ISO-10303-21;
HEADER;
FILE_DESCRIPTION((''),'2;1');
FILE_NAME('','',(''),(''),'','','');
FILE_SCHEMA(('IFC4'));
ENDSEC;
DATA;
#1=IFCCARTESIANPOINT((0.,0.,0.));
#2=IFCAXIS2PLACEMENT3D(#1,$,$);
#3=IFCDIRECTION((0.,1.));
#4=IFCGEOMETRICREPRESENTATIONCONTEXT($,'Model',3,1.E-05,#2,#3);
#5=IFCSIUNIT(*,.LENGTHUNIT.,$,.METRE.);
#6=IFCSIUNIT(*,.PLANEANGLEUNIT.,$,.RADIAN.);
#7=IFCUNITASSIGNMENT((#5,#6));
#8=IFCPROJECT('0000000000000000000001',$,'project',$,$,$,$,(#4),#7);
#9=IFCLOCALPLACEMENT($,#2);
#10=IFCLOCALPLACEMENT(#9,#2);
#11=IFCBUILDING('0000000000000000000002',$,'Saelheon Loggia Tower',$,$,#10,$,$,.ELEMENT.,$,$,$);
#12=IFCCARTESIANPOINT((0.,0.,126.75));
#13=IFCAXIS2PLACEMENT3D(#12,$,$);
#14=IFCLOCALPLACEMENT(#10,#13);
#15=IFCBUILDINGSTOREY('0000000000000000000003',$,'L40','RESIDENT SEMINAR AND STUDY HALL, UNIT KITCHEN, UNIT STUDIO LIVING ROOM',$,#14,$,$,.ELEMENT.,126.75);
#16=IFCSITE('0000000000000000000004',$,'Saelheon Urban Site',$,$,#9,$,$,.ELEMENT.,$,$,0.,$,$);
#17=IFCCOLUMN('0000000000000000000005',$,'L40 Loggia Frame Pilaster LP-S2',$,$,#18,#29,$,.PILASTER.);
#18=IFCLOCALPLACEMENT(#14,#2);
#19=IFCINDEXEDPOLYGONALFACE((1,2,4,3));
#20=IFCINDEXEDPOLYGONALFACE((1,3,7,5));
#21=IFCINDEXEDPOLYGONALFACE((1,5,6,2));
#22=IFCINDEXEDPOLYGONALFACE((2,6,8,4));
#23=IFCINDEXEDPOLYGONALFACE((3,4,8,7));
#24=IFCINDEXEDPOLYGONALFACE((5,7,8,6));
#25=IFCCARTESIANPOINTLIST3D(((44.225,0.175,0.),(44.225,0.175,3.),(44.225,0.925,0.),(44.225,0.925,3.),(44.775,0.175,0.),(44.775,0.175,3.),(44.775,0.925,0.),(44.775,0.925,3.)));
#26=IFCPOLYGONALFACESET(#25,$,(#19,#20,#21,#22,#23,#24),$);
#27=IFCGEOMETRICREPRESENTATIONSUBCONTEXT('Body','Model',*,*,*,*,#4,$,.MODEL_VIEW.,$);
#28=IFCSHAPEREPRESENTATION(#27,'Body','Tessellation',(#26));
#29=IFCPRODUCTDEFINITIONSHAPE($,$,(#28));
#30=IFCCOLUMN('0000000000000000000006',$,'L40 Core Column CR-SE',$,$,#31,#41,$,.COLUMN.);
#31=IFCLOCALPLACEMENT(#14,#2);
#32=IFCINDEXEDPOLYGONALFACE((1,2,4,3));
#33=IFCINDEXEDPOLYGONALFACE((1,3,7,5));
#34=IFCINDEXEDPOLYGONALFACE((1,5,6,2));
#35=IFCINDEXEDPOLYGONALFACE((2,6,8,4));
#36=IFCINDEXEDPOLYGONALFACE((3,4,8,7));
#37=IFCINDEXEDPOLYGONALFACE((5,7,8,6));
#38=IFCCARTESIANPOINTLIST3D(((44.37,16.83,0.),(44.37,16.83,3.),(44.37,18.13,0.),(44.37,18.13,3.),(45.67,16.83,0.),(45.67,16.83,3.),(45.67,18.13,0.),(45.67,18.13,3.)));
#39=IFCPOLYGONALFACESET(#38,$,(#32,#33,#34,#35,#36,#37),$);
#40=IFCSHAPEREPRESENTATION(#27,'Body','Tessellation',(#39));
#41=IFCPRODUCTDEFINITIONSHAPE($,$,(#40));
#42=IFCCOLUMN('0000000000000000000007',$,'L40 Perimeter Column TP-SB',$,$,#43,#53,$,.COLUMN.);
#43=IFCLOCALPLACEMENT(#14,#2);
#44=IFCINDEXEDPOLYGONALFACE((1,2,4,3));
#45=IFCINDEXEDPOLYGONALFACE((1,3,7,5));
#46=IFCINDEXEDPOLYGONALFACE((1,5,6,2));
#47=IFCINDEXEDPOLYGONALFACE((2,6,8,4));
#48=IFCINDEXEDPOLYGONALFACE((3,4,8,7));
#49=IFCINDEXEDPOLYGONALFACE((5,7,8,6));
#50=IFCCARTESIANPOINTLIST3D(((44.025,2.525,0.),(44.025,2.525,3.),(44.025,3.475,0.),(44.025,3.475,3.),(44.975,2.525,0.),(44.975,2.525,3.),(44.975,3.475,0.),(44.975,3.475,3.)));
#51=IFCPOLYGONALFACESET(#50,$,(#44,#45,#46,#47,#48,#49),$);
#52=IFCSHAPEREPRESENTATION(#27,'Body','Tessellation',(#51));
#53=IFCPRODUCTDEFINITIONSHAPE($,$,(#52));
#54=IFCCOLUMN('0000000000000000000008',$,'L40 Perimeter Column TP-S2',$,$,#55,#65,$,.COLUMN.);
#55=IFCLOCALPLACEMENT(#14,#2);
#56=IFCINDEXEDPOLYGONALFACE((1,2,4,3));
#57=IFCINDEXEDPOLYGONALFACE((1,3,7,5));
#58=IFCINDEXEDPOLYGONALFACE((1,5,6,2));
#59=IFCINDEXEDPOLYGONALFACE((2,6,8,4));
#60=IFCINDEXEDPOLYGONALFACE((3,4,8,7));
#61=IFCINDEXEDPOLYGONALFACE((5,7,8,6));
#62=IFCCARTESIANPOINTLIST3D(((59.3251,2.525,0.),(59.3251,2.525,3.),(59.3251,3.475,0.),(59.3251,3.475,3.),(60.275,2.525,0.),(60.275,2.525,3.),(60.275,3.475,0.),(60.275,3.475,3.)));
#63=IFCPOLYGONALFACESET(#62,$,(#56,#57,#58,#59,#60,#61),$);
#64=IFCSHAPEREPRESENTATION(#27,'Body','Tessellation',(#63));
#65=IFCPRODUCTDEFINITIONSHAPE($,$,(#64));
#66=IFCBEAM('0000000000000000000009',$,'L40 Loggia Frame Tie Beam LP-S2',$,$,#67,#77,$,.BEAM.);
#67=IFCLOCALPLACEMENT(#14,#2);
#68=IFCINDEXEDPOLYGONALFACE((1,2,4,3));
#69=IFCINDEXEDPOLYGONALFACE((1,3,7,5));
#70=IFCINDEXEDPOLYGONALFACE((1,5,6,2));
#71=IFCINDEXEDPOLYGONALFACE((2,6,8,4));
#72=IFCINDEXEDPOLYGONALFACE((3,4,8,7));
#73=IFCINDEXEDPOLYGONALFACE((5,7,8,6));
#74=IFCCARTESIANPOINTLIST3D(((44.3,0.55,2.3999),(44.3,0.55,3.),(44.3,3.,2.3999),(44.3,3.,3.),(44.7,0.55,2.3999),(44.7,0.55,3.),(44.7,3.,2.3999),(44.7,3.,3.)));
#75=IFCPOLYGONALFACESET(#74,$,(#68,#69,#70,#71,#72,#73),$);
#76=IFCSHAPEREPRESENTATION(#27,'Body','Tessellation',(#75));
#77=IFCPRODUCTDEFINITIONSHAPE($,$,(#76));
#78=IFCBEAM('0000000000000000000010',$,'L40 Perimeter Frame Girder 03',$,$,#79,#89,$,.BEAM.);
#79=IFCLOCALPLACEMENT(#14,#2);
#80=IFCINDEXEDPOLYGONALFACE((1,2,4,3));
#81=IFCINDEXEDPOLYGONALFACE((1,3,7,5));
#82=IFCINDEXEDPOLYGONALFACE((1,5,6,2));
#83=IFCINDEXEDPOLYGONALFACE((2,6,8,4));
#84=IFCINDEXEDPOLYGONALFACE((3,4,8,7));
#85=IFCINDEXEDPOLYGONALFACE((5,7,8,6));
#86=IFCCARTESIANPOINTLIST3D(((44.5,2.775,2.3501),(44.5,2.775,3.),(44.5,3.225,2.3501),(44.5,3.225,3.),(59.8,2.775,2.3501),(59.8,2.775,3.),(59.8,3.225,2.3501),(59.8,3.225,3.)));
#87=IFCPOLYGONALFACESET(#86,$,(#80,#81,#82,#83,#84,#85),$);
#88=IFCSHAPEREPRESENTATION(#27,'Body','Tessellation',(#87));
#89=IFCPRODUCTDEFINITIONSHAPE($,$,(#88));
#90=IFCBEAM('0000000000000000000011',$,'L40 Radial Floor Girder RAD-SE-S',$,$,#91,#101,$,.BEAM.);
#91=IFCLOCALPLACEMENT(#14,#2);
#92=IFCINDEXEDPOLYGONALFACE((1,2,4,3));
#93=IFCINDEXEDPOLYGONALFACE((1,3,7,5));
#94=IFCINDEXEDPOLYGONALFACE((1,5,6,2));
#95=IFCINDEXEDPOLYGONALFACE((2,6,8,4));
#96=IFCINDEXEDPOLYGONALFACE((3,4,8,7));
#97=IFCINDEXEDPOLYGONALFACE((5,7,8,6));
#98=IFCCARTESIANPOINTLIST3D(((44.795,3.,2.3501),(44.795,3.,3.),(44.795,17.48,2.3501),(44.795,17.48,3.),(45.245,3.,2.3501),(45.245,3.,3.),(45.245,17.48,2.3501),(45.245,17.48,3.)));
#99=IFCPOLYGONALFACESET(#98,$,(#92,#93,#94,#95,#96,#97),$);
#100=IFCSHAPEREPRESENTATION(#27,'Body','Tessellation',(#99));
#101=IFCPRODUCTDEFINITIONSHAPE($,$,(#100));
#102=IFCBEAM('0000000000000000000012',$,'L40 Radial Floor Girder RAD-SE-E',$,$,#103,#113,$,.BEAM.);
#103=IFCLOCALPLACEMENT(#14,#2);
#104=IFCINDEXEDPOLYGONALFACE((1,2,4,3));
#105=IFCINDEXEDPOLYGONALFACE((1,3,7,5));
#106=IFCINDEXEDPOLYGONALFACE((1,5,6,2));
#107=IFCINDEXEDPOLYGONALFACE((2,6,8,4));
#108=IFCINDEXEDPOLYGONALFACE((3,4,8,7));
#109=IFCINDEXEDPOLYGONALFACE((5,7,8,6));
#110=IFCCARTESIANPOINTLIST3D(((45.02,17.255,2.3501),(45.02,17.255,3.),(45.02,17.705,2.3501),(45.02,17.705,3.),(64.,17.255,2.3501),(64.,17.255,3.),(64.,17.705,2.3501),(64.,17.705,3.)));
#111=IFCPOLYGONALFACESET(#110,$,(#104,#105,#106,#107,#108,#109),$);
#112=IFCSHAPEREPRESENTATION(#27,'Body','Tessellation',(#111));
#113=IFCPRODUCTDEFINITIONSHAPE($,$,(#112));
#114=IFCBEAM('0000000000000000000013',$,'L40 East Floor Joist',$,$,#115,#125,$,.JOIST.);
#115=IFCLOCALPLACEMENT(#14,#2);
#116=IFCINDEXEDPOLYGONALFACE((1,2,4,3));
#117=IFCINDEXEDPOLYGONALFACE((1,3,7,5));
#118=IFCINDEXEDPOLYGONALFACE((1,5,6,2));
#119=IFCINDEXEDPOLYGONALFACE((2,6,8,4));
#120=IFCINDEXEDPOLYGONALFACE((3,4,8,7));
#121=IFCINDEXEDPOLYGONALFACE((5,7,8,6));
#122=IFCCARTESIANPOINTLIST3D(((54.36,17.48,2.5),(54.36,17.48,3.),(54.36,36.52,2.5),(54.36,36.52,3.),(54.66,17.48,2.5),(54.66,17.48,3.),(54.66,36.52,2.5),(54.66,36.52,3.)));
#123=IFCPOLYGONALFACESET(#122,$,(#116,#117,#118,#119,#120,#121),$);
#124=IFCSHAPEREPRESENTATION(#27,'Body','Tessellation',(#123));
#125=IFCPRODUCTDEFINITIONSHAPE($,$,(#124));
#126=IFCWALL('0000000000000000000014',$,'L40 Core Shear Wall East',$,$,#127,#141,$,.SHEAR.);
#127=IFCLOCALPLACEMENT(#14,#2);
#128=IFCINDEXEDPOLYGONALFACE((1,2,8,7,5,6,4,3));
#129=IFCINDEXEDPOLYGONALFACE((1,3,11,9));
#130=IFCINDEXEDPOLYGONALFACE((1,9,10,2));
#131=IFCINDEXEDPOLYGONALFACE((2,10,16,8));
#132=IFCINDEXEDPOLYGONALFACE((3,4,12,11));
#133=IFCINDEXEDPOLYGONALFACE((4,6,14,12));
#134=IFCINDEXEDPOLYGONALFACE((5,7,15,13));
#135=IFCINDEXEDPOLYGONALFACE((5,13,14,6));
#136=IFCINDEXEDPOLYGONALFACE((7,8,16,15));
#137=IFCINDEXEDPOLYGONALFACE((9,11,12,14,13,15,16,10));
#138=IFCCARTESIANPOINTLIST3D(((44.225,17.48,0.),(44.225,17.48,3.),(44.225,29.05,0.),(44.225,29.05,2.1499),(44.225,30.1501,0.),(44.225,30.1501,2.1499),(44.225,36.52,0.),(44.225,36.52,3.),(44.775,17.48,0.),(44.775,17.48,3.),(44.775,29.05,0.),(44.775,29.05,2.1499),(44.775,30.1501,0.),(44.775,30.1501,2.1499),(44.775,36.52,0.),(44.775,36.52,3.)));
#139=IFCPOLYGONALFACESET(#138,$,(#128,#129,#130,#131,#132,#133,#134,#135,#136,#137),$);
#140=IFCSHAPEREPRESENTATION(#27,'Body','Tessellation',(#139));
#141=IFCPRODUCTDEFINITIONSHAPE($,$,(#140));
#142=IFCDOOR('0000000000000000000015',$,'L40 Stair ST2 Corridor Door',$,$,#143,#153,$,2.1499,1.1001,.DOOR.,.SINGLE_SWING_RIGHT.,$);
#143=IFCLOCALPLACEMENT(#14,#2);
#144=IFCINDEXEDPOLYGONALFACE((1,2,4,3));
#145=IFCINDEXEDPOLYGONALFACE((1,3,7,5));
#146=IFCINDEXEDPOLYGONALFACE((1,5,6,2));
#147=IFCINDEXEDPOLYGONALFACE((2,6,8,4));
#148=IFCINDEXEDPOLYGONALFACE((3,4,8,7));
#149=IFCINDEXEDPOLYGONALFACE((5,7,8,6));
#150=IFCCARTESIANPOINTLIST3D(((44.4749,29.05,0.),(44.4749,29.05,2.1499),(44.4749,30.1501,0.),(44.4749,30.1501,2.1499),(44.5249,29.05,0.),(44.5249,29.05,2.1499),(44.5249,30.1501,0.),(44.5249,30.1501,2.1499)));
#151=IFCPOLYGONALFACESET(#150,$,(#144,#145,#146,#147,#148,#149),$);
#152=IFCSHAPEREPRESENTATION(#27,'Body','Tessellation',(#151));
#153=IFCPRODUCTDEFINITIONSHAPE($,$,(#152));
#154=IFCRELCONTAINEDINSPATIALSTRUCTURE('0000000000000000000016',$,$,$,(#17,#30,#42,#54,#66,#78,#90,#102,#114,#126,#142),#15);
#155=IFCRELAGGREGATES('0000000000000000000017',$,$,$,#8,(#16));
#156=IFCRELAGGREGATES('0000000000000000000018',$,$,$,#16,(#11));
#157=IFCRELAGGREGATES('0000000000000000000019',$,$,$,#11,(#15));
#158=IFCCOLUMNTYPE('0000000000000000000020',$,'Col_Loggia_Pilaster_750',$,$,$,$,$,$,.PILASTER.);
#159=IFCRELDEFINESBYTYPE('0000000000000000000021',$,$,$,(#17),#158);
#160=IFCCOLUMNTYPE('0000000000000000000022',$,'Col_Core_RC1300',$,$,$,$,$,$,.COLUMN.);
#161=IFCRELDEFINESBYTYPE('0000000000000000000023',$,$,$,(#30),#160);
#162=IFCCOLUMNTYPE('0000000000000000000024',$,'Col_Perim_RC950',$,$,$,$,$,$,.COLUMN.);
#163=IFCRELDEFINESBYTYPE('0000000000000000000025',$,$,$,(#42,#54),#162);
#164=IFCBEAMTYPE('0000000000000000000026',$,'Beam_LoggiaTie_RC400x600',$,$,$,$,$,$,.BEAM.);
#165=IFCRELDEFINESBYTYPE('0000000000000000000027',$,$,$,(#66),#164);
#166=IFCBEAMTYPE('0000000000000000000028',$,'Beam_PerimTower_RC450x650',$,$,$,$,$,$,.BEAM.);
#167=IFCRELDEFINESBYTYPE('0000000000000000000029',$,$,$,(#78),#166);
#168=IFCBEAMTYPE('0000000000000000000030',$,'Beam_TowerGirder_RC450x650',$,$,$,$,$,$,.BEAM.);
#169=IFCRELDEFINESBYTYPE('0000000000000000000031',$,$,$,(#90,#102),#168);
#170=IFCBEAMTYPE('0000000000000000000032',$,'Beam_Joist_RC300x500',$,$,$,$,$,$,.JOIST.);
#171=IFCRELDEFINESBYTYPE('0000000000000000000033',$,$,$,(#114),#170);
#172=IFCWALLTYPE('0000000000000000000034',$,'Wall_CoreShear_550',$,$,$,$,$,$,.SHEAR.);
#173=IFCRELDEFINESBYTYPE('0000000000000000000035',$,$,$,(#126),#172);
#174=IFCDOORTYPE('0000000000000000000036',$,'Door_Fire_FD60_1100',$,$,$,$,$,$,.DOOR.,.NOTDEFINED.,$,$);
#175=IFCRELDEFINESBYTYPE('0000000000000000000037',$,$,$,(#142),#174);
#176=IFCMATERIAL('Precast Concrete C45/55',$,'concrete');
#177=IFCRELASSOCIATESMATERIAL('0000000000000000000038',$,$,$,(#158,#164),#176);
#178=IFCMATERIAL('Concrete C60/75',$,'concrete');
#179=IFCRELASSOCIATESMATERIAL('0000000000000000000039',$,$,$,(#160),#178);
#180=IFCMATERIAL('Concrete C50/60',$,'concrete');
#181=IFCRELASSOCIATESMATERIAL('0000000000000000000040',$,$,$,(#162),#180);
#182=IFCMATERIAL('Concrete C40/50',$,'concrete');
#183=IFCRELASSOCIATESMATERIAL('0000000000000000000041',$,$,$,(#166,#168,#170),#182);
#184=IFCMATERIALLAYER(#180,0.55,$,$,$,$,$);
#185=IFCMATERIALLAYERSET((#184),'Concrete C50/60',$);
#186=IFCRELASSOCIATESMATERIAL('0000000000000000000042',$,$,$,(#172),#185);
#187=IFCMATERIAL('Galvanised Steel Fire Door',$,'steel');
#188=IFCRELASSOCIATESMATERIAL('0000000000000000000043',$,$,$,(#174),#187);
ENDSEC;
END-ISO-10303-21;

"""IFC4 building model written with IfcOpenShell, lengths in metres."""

from ifc_helpers import new_model, si_unit, direction, frame, frame_2d, origin, origin_2d, place, context, subcontext, project, spatial, rectangle, extrude, source, transform, mapped, material, layer, layer_set, material_profile, profile_set, type_object, element, fill, save


model = new_model("IFC4")

# Units and contexts
model_context = context("Model", 3, precision=1e-05, world=origin(), true_north=direction((0.0, 1.0)))
body_context = subcontext(model_context, "Body", "Model", "MODEL_VIEW")
ifc_project = project(units=[si_unit("LENGTHUNIT", "METRE"), si_unit("PLANEANGLEUNIT", "RADIAN")], contexts=[model_context])

# Site, building, storey
site_placement = place(None, origin())
site = spatial("IfcSite", under=ifc_project, at=site_placement, Name="Saelheon Urban Site", CompositionType="ELEMENT", RefElevation=0.0)
building_placement = place(site_placement, origin())
building = spatial("IfcBuilding", under=site, at=building_placement, Name="Saelheon Loggia Tower", CompositionType="ELEMENT")
storey_placement = place(building_placement, frame((0.0, 0.0, 126.75)))
storey = spatial("IfcBuildingStorey", under=building, at=storey_placement, Name="L40", Description="RESIDENT SEMINAR AND STUDY HALL, UNIT KITCHEN, UNIT STUDIO LIVING ROOM", CompositionType="ELEMENT", Elevation=126.75)

# Columns
ifc_material_1 = material(Name="Precast Concrete C45/55", Category="concrete")
ifc_material_profile_1 = material_profile(ifc_material_1, rectangle(XDim=0.55, YDim=0.75, at=origin_2d()), Name="RC-550x750")
ifc_profile_set_1 = profile_set([ifc_material_profile_1], Name="Precast Concrete C45/55")
column_type_1 = type_object("IfcColumnType", Name="Col_Loggia_Pilaster_750", PredefinedType="PILASTER", material=ifc_profile_set_1)
shared_shape_1 = source(origin(), body_context, "Body", "SweptSolid", [
    extrude(rectangle(XDim=0.55, YDim=0.75, at=origin_2d()), origin(), (0.0, 0.0, 1.0), 3.0),
])
column_1_placement = place(storey_placement, frame((44.5, 0.55, 0.0), z_axis=(0.0, 0.0, 1.0), x_axis=(1.0, 0.0, 0.0)))
element("IfcColumn", 1, at=column_1_placement, inside=storey, type_object=column_type_1, Name="L40 Loggia Frame Pilaster LP-S2", PredefinedType="PILASTER", context=body_context, shape_type="MappedRepresentation", body=[
    mapped(shared_shape_1, transform((0.0, 0.0, 0.0), scale=1.0)),
])
ifc_material_2 = material(Name="Concrete C60/75", Category="concrete")
ifc_material_profile_2 = material_profile(ifc_material_2, rectangle(XDim=1.3, YDim=1.3, at=origin_2d()), Name="RC-1300x1300")
ifc_profile_set_2 = profile_set([ifc_material_profile_2], Name="Concrete C60/75")
column_type_2 = type_object("IfcColumnType", Name="Col_Core_RC1300", PredefinedType="COLUMN", material=ifc_profile_set_2)
shared_shape_2 = source(origin(), body_context, "Body", "SweptSolid", [
    extrude(rectangle(XDim=1.3, YDim=1.3, at=origin_2d()), origin(), (0.0, 0.0, 1.0), 3.0),
])
column_2_placement = place(storey_placement, frame((45.02, 17.48, 0.0), z_axis=(0.0, 0.0, 1.0), x_axis=(1.0, 0.0, 0.0)))
element("IfcColumn", 2, at=column_2_placement, inside=storey, type_object=column_type_2, Name="L40 Core Column CR-SE", PredefinedType="COLUMN", context=body_context, shape_type="MappedRepresentation", body=[
    mapped(shared_shape_2, transform((0.0, 0.0, 0.0), scale=1.0)),
])
ifc_material_3 = material(Name="Concrete C50/60", Category="concrete")
ifc_material_profile_3 = material_profile(ifc_material_3, rectangle(XDim=0.95, YDim=0.95, at=origin_2d()), Name="RC-950x950")
ifc_profile_set_3 = profile_set([ifc_material_profile_3], Name="Concrete C50/60")
column_type_3 = type_object("IfcColumnType", Name="Col_Perim_RC950", PredefinedType="COLUMN", material=ifc_profile_set_3)
shared_shape_3 = source(origin(), body_context, "Body", "SweptSolid", [
    extrude(rectangle(XDim=0.95, YDim=0.95, at=origin_2d()), origin(), (0.0, 0.0, 1.0), 3.0),
])
for number, where, z_axis, x_axis, name in (
    (3, (44.5, 3.0, 0.0), (0.0, 0.0, 1.0), (1.0, 0.0, 0.0), "L40 Perimeter Column TP-SB"),
    (4, (59.8, 3.0, 0.0), (0.0, 0.0, 1.0), (1.0, 0.0, 0.0), "L40 Perimeter Column TP-S2"),
):
    element("IfcColumn", number, at=place(storey_placement, frame(where, z_axis=z_axis, x_axis=x_axis)), inside=storey, type_object=column_type_3, Name=name, PredefinedType="COLUMN", context=body_context, shape_type="MappedRepresentation", body=[
        mapped(shared_shape_3, transform((0.0, 0.0, 0.0), scale=1.0)),
    ])

# Beams
ifc_material_profile_4 = material_profile(ifc_material_1, rectangle(XDim=0.3999, YDim=0.6001, at=origin_2d()), Name="RC-400x600")
ifc_profile_set_4 = profile_set([ifc_material_profile_4], Name="Precast Concrete C45/55")
beam_type_1 = type_object("IfcBeamType", Name="Beam_LoggiaTie_RC400x600", PredefinedType="BEAM", material=ifc_profile_set_4)
shared_shape_4 = source(origin(), body_context, "Body", "SweptSolid", [
    extrude(rectangle(XDim=0.3999, YDim=0.6001, at=origin_2d()), origin(), (0.0, 0.0, 1.0), 2.45),
])
beam_1_placement = place(storey_placement, frame((44.5, 3.0, 2.7), z_axis=(0.0, -1.0, 0.0), x_axis=(1.0, 0.0, 0.0)))
element("IfcBeam", 5, at=beam_1_placement, inside=storey, type_object=beam_type_1, Name="L40 Loggia Frame Tie Beam LP-S2", PredefinedType="BEAM", context=body_context, shape_type="MappedRepresentation", body=[
    mapped(shared_shape_4, transform((0.0, 0.0, 0.0), scale=1.0)),
])
ifc_material_4 = material(Name="Concrete C40/50", Category="concrete")
ifc_material_profile_5 = material_profile(ifc_material_4, rectangle(XDim=0.45, YDim=0.6499, at=origin_2d()), Name="RC-450x650")
ifc_profile_set_5 = profile_set([ifc_material_profile_5], Name="Concrete C40/50")
beam_type_2 = type_object("IfcBeamType", Name="Beam_PerimTower_RC450x650", PredefinedType="BEAM", material=ifc_profile_set_5)
shared_shape_5 = source(origin(), body_context, "Body", "SweptSolid", [
    extrude(rectangle(XDim=0.45, YDim=0.6499, at=origin_2d()), origin(), (0.0, 0.0, 1.0), 15.3),
])
beam_2_placement = place(storey_placement, frame((44.5, 3.0, 2.675), z_axis=(1.0, 0.0, 0.0), x_axis=(0.0, 1.0, 0.0)))
element("IfcBeam", 6, at=beam_2_placement, inside=storey, type_object=beam_type_2, Name="L40 Perimeter Frame Girder 03", PredefinedType="BEAM", context=body_context, shape_type="MappedRepresentation", body=[
    mapped(shared_shape_5, transform((0.0, 0.0, 0.0), scale=1.0)),
])
ifc_material_profile_6 = material_profile(ifc_material_4, rectangle(XDim=0.45, YDim=0.6499, at=origin_2d()), Name="RC-450x650")
ifc_profile_set_6 = profile_set([ifc_material_profile_6], Name="Concrete C40/50")
beam_type_3 = type_object("IfcBeamType", Name="Beam_TowerGirder_RC450x650", PredefinedType="BEAM", material=ifc_profile_set_6)
shared_shape_6 = source(origin(), body_context, "Body", "SweptSolid", [
    extrude(rectangle(XDim=0.45, YDim=0.6499, at=origin_2d()), origin(), (0.0, 0.0, 1.0), 14.48),
])
beam_3_placement = place(storey_placement, frame((45.02, 17.48, 2.675), z_axis=(0.0, -1.0, 0.0), x_axis=(1.0, 0.0, 0.0)))
element("IfcBeam", 7, at=beam_3_placement, inside=storey, type_object=beam_type_3, Name="L40 Radial Floor Girder RAD-SE-S", PredefinedType="BEAM", context=body_context, shape_type="MappedRepresentation", body=[
    mapped(shared_shape_6, transform((0.0, 0.0, 0.0), scale=1.0)),
])
shared_shape_7 = source(origin(), body_context, "Body", "SweptSolid", [
    extrude(rectangle(XDim=0.45, YDim=0.6499, at=origin_2d()), origin(), (0.0, 0.0, 1.0), 18.98),
])
beam_4_placement = place(storey_placement, frame((45.02, 17.48, 2.675), z_axis=(1.0, 0.0, 0.0), x_axis=(0.0, 1.0, 0.0)))
element("IfcBeam", 8, at=beam_4_placement, inside=storey, type_object=beam_type_3, Name="L40 Radial Floor Girder RAD-SE-E", PredefinedType="BEAM", context=body_context, shape_type="MappedRepresentation", body=[
    mapped(shared_shape_7, transform((0.0, 0.0, 0.0), scale=1.0)),
])
ifc_material_profile_7 = material_profile(ifc_material_4, rectangle(XDim=0.3, YDim=0.5, at=origin_2d()), Name="RC-300x500")
ifc_profile_set_7 = profile_set([ifc_material_profile_7], Name="Concrete C40/50")
beam_type_4 = type_object("IfcBeamType", Name="Beam_Joist_RC300x500", PredefinedType="JOIST", material=ifc_profile_set_7)
shared_shape_8 = source(origin(), body_context, "Body", "SweptSolid", [
    extrude(rectangle(XDim=0.3, YDim=0.5, at=origin_2d()), origin(), (0.0, 0.0, 1.0), 19.04),
])
beam_5_placement = place(storey_placement, frame((54.51, 17.48, 2.75), z_axis=(0.0, 1.0, 0.0), x_axis=(-1.0, 0.0, 0.0)))
element("IfcBeam", 9, at=beam_5_placement, inside=storey, type_object=beam_type_4, Name="L40 East Floor Joist", PredefinedType="JOIST", context=body_context, shape_type="MappedRepresentation", body=[
    mapped(shared_shape_8, transform((0.0, 0.0, 0.0), scale=1.0)),
])

# Wall, opening, door
ifc_layer_1 = layer(ifc_material_3, 0.55)
ifc_layer_set_1 = layer_set([ifc_layer_1], Name="Concrete C50/60")
wall_type_1 = type_object("IfcWallType", Name="Wall_CoreShear_550", PredefinedType="SHEAR", material=ifc_layer_set_1)
wall_1_placement = place(storey_placement, frame((44.5, 17.48, 0.0), z_axis=(0.0, 0.0, 1.0), x_axis=(0.0, 1.0, 0.0)))
wall_1 = element("IfcWall", 10, at=wall_1_placement, inside=storey, type_object=wall_type_1, Name="L40 Core Shear Wall East", PredefinedType="SHEAR", context=body_context, shape_type="SweptSolid", body=[
    extrude(rectangle(XDim=19.04, YDim=0.55, at=frame_2d((9.52, 0.0))), origin(), (0.0, 0.0, 1.0), 3.0),
])
opening_1_placement = place(wall_1_placement, frame((12.6702, 0.0, 0.0), z_axis=(0.0, 0.0, 1.0), x_axis=(-1.0, 0.0, 0.0)))
opening_1 = element("IfcOpeningElement", 11, at=opening_1_placement, cuts=wall_1, PredefinedType="OPENING", context=body_context, shape_type="SweptSolid", body=[
    extrude(rectangle(XDim=1.1001, YDim=2.1499, at=frame_2d((0.55, 1.075))), frame((0.0, 0.2871, 0.0), z_axis=(0.0, -1.0, 0.0), x_axis=(1.0, 0.0, 0.0)), (0.0, 0.0, 1.0), 0.574),
])
ifc_material_5 = material(Name="Galvanised Steel Fire Door", Category="steel")
door_type_1 = type_object("IfcDoorType", Name="Door_Fire_FD60_1100", OperationType="NOTDEFINED", PredefinedType="DOOR", material=ifc_material_5)
shared_shape_9 = source(origin(), body_context, "Body", "SweptSolid", [
    extrude(rectangle(XDim=1.1001, YDim=2.1499, at=frame_2d((0.55, 1.075))), frame((0.0, 0.0249, 0.0), z_axis=(0.0, -1.0, 0.0), x_axis=(1.0, 0.0, 0.0)), (0.0, 0.0, 1.0), 0.05),
])
door_1_placement = place(opening_1_placement, origin())
door_1 = element("IfcDoor", 12, at=door_1_placement, inside=storey, type_object=door_type_1, Name="L40 Stair ST2 Corridor Door", OperationType="SINGLE_SWING_RIGHT", OverallHeight=2.1499, OverallWidth=1.1001, PredefinedType="DOOR", context=body_context, shape_type="MappedRepresentation", body=[
    mapped(shared_shape_9, transform((0.0, 0.0, 0.0), scale=1.0)),
])
fill(opening_1, door_1)

save(model, "model.ifc")
